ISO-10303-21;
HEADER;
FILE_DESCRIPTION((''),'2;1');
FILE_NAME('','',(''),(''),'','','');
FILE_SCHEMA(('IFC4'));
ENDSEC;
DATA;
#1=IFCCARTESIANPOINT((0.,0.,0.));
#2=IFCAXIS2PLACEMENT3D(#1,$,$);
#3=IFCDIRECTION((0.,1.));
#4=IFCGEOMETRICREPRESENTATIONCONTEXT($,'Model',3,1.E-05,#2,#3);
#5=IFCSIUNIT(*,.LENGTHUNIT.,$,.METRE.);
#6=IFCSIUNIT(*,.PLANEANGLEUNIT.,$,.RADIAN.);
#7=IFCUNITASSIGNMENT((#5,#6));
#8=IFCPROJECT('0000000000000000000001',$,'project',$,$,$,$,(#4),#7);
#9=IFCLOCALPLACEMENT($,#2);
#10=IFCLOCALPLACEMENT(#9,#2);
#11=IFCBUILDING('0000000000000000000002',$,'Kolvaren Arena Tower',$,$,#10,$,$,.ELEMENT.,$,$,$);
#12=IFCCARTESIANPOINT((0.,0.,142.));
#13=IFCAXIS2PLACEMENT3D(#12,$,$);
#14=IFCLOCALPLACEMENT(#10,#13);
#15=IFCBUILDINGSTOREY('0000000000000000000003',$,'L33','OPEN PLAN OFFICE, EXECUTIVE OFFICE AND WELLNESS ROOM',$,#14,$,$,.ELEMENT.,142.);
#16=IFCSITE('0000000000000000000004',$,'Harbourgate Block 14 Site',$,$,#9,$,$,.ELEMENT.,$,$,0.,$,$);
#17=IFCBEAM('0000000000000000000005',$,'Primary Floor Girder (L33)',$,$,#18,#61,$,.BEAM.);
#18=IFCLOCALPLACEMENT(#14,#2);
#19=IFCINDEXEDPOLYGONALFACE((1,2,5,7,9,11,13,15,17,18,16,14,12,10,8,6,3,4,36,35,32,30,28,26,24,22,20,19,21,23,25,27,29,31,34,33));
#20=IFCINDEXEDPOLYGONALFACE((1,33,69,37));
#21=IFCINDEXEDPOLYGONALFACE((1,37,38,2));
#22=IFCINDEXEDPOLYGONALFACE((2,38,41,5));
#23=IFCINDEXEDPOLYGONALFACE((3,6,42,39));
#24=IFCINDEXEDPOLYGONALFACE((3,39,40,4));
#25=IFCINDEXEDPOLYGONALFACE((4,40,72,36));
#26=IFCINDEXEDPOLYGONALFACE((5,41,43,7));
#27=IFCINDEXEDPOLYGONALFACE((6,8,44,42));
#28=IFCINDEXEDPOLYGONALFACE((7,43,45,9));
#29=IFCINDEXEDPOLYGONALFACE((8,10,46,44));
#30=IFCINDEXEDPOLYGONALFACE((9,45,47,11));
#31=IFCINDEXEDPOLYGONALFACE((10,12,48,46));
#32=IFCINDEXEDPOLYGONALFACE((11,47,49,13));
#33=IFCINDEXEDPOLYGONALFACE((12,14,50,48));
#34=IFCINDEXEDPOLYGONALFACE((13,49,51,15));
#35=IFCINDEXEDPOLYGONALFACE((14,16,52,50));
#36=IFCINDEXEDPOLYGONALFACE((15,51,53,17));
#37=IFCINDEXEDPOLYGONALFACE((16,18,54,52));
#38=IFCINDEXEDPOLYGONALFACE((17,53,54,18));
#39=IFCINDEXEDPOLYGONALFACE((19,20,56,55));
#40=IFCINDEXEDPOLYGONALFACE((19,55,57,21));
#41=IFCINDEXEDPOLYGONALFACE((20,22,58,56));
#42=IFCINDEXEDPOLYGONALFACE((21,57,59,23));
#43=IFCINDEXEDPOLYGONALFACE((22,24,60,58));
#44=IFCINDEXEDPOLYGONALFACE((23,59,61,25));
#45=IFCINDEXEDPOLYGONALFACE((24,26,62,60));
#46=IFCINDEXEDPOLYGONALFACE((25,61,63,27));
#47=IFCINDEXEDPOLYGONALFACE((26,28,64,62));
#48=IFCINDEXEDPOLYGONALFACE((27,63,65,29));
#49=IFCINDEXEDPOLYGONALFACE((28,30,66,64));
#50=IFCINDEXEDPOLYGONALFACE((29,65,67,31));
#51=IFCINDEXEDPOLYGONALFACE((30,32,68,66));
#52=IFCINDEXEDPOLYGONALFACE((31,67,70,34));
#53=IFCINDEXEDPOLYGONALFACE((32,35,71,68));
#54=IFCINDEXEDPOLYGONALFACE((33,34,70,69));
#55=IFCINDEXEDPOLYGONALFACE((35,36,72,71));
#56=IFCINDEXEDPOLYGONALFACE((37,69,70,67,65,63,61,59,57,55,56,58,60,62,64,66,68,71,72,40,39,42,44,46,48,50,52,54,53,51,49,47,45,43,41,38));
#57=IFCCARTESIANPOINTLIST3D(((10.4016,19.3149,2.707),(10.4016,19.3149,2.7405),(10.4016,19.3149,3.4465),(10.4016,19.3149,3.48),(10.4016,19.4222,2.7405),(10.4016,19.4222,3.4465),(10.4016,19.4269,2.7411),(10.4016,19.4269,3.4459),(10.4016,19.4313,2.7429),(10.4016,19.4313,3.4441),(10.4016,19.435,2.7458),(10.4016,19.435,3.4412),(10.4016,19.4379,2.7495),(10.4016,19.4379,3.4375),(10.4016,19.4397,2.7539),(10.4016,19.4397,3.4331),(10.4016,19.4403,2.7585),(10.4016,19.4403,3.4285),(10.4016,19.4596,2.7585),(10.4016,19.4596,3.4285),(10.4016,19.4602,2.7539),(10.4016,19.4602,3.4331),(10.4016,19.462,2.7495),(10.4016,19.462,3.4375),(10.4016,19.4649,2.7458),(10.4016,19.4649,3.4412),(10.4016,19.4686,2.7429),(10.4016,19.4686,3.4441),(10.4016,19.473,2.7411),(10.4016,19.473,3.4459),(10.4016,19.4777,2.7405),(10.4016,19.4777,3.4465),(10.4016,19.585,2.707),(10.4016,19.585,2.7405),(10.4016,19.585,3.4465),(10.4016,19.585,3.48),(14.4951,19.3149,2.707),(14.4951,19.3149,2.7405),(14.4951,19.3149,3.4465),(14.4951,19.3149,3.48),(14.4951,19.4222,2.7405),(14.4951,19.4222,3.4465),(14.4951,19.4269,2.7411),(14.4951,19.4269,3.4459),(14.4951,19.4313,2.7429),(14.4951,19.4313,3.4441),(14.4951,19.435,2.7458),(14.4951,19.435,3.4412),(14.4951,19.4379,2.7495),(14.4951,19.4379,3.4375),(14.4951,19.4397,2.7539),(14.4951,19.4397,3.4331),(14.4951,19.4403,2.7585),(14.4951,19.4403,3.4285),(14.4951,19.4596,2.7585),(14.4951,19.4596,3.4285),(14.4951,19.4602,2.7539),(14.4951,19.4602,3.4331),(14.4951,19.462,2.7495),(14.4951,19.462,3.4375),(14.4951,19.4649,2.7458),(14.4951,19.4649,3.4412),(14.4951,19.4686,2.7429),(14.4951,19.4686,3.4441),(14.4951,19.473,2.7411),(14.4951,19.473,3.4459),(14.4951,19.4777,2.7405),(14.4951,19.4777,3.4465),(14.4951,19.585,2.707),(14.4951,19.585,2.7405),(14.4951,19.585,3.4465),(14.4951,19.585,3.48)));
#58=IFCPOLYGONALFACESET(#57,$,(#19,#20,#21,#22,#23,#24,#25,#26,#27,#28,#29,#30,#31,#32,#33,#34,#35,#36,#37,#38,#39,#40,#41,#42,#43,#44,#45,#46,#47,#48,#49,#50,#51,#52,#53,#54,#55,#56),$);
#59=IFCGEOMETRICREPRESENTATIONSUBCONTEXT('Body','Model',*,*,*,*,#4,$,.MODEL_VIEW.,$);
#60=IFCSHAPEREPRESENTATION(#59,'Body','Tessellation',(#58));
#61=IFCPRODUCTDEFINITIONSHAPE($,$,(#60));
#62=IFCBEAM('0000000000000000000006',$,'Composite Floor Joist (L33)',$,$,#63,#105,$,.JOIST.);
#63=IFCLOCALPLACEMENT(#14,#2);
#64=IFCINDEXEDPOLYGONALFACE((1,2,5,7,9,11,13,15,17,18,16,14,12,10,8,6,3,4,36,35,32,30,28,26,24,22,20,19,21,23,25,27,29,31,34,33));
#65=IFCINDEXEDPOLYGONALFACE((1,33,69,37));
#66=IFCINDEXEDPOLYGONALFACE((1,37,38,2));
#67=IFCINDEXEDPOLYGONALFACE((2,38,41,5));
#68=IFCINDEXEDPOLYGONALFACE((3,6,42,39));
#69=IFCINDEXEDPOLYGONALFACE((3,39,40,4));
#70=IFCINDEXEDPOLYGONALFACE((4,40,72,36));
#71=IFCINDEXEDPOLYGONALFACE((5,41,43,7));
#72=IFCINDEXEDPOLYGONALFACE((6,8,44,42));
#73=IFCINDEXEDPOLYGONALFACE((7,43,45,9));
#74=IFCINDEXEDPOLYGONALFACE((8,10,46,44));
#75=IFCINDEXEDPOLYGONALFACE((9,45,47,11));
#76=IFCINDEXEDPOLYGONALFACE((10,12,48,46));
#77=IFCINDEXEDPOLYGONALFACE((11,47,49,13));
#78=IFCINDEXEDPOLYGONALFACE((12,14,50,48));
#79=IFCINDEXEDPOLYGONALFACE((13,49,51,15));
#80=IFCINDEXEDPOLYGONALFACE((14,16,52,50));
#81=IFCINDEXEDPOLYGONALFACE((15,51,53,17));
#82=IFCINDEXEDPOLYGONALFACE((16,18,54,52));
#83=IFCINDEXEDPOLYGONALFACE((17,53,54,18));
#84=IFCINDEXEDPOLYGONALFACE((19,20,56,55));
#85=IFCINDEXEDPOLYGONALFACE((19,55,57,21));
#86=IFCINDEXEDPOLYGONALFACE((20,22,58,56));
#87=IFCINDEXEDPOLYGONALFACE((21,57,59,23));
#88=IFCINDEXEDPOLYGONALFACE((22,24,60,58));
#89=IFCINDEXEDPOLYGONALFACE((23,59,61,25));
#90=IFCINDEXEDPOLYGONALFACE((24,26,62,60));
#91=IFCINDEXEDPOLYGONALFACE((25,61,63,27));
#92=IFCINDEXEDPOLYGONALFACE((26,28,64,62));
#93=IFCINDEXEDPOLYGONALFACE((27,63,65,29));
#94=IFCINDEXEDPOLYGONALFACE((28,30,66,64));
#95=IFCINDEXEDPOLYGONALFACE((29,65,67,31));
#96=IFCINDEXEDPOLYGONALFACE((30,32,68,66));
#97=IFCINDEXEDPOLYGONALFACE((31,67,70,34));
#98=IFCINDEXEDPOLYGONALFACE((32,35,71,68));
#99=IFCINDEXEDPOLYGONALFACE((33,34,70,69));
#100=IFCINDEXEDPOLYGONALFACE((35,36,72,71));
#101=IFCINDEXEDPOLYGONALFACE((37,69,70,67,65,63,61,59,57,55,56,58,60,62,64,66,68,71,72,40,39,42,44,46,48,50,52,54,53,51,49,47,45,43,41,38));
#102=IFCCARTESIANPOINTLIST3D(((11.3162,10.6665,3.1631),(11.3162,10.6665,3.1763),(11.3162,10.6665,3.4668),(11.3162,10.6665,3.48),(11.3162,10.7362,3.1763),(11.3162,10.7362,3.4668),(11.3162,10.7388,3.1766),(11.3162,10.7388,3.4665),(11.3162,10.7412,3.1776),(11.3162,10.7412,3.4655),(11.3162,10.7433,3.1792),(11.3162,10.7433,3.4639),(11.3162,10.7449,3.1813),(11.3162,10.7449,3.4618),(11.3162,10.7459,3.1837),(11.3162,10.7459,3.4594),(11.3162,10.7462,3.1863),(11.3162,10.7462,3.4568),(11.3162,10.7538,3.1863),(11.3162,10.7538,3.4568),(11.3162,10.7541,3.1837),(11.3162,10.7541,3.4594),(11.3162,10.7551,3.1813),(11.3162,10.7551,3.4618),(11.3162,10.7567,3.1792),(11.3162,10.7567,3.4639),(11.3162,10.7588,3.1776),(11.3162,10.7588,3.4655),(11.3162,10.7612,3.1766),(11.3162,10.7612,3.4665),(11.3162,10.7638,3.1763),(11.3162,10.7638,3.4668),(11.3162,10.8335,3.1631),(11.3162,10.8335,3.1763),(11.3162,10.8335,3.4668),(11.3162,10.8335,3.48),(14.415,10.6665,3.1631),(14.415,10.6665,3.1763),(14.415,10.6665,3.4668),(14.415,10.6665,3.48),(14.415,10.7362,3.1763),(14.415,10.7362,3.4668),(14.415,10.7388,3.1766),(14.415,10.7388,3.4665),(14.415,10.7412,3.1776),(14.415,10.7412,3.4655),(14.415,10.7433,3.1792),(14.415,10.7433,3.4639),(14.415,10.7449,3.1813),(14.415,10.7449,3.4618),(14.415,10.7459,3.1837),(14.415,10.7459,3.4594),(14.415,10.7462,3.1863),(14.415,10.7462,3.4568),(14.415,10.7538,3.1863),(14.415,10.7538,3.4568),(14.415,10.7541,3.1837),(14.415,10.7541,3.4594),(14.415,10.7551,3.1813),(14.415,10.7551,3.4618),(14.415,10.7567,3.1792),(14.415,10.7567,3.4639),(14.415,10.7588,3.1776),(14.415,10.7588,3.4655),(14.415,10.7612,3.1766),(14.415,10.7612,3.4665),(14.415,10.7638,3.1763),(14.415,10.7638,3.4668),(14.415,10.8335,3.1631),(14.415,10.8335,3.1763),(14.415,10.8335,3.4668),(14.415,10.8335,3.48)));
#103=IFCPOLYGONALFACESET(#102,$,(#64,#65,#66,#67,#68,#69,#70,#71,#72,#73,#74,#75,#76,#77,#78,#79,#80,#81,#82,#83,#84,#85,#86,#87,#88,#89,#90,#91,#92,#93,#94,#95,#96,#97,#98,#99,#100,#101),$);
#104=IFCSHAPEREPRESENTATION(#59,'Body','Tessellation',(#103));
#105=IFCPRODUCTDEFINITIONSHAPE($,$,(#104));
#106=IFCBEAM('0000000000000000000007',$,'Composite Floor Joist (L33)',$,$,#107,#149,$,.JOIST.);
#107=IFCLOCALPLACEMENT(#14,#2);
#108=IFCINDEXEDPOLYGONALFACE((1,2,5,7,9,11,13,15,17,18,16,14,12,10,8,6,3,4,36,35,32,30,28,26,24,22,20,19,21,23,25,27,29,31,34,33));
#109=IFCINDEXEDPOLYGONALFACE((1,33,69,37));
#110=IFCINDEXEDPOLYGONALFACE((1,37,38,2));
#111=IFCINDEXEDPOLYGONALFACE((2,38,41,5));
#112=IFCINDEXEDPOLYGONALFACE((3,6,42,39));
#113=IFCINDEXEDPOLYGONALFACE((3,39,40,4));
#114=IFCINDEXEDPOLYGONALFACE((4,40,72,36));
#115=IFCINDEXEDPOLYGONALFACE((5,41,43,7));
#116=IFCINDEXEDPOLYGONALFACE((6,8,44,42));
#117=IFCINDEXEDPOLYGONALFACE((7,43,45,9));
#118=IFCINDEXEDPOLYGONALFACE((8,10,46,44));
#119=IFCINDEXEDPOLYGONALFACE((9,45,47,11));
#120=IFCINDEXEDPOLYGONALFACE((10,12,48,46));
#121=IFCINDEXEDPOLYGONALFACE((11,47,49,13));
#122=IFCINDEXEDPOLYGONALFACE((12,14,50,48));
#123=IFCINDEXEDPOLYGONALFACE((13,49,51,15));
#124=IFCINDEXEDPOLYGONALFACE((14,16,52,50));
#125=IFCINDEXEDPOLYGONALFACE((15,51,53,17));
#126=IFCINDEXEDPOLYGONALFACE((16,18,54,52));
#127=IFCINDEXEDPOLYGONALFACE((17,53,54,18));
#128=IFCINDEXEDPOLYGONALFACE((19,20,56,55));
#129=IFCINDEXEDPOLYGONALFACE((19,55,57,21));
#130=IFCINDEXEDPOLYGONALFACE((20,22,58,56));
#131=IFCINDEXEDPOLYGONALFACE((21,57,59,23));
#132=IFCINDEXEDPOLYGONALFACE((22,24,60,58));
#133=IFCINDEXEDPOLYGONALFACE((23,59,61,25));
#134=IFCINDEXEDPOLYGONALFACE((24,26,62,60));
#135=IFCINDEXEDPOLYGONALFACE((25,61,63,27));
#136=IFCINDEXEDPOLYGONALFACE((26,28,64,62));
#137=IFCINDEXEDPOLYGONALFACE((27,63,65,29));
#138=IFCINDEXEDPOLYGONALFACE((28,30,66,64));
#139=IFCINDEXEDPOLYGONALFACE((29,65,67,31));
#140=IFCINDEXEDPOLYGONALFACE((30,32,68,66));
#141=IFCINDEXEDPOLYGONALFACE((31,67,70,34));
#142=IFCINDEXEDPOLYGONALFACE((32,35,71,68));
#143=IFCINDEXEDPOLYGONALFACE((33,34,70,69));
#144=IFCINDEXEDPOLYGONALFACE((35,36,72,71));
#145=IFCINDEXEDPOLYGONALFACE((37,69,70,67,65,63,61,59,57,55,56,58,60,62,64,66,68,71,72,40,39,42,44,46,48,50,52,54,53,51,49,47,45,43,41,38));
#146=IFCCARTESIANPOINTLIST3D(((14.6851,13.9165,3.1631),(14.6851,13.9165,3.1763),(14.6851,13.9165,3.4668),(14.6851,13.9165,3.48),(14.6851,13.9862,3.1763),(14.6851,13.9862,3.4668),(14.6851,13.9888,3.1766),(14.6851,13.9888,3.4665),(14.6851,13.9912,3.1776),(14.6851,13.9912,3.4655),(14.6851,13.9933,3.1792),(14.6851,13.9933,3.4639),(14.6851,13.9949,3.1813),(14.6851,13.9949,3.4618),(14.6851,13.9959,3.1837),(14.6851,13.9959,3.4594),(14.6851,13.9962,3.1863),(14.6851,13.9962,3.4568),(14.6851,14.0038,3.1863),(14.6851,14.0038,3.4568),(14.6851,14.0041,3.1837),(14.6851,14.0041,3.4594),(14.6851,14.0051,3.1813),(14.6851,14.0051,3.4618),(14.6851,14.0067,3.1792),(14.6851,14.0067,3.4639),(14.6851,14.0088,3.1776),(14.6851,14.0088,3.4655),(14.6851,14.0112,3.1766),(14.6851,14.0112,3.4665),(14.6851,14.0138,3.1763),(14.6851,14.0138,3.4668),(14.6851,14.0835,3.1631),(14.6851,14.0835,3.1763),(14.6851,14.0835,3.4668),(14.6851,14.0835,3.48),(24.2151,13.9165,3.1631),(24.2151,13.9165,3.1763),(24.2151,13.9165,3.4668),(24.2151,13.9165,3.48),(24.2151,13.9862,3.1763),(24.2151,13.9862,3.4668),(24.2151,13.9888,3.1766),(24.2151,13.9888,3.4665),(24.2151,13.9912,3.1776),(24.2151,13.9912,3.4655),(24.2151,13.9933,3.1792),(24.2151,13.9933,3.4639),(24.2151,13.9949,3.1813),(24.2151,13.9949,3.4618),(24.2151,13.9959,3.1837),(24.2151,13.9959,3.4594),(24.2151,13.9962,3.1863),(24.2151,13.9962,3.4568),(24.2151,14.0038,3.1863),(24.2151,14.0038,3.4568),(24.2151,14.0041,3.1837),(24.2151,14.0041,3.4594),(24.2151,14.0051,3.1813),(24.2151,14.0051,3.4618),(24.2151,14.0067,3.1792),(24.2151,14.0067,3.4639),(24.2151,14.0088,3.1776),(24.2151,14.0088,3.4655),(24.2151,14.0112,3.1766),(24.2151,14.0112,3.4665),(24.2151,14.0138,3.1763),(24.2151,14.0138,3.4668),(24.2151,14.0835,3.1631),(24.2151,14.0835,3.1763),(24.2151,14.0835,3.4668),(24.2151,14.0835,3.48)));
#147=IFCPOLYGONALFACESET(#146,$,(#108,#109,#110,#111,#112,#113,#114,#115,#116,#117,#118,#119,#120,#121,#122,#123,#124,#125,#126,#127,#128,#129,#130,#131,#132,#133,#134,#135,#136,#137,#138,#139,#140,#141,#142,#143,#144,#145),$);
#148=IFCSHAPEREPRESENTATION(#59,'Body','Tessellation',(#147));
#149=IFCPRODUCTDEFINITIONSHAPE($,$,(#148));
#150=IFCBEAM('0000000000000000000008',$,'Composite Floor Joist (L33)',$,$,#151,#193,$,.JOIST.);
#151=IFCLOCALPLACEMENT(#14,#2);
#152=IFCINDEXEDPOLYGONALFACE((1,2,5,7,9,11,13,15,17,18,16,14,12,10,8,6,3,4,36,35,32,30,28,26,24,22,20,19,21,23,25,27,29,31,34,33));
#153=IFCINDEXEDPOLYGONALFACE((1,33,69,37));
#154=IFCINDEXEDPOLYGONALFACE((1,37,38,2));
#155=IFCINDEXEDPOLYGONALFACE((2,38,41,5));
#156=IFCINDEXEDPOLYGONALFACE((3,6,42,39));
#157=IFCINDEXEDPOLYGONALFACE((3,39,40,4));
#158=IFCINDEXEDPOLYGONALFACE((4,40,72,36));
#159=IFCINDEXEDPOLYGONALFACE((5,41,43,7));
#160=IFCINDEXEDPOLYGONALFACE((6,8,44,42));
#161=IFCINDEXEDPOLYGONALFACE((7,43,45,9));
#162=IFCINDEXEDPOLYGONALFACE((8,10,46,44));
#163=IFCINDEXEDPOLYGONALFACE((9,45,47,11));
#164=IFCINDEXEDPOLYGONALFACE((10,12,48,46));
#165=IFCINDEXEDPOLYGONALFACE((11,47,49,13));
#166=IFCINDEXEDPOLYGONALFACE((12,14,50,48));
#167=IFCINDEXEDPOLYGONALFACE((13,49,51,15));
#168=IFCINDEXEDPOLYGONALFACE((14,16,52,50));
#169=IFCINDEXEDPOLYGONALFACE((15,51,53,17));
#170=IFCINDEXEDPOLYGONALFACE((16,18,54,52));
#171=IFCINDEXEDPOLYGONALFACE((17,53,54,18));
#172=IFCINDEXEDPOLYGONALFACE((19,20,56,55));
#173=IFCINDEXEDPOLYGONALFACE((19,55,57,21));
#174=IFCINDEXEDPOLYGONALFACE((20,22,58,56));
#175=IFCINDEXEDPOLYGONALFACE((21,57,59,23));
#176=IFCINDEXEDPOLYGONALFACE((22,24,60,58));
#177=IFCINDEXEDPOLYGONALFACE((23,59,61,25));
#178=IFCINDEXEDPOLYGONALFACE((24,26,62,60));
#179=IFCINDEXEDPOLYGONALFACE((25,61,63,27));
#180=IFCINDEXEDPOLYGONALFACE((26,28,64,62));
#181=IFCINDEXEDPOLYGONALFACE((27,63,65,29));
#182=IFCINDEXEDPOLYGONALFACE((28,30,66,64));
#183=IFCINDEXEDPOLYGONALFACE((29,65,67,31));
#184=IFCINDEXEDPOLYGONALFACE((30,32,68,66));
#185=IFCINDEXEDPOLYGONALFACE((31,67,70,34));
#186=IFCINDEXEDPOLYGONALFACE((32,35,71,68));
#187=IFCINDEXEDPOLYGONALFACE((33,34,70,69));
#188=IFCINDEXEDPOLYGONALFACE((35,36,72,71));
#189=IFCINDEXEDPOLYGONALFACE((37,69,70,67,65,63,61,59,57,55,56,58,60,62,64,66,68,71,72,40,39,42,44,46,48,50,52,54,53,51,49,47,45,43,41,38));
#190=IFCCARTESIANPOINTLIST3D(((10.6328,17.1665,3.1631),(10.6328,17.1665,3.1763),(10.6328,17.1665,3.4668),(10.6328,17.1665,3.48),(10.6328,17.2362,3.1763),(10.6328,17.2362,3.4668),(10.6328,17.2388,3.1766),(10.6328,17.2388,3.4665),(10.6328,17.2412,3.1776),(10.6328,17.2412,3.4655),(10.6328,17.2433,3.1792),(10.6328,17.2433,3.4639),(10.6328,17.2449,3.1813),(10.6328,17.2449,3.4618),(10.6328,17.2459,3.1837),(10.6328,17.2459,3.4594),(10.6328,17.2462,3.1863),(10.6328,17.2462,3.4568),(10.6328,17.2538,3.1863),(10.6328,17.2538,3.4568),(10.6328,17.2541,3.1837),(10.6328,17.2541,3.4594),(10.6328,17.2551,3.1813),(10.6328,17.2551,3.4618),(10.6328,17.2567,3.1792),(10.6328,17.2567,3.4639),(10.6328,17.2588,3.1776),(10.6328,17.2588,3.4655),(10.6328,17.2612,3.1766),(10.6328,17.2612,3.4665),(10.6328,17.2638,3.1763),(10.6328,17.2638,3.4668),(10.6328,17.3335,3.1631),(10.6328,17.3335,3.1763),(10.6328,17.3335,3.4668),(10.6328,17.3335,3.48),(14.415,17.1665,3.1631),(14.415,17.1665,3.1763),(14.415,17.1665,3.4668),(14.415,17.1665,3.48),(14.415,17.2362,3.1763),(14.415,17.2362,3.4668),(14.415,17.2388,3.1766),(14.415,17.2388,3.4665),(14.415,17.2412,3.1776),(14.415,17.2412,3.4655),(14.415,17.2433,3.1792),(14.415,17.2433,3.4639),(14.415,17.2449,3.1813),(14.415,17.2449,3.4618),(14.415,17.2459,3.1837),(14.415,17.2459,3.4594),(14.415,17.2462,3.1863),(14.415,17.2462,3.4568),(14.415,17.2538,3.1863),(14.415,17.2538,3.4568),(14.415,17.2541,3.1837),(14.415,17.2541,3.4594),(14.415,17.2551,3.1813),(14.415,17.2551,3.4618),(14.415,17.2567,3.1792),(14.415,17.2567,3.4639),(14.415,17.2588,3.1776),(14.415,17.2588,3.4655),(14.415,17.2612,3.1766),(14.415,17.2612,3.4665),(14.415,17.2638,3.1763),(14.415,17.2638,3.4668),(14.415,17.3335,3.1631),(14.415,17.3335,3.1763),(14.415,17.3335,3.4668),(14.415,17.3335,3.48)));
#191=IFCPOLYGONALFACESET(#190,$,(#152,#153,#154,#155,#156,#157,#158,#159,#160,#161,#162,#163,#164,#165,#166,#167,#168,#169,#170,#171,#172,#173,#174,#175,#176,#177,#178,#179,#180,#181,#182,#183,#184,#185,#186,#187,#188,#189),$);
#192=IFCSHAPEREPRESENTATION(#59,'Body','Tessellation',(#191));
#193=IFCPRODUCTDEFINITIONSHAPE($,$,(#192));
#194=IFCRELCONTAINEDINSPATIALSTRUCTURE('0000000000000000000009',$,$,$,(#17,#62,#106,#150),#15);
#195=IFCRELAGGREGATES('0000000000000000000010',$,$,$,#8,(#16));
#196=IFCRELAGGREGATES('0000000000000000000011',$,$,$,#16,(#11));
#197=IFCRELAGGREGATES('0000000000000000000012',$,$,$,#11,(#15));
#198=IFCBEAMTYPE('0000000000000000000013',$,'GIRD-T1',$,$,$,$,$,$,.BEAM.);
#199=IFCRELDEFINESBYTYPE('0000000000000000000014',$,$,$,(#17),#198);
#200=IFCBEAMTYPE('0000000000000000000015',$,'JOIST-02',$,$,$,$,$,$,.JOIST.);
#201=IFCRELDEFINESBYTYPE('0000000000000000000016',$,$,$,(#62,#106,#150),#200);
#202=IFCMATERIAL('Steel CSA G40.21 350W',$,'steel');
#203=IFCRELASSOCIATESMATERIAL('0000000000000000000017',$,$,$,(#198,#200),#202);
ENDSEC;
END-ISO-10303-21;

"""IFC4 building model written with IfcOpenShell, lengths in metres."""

from ifc_helpers import new_model, si_unit, direction, frame, origin, origin_2d, place, context, subcontext, project, spatial, i_section, extrude, material, material_profile, profile_set, type_object, element, save


model = new_model("IFC4")

# Units and contexts
model_context = context("Model", 3, precision=1e-05, world=origin(), true_north=direction((0.0, 1.0)))
body_context = subcontext(model_context, "Body", "Model", "MODEL_VIEW")
ifc_project = project(units=[si_unit("LENGTHUNIT", "METRE"), si_unit("PLANEANGLEUNIT", "RADIAN")], contexts=[model_context])

# Site, building, storey
site_placement = place(None, origin())
site = spatial("IfcSite", under=ifc_project, at=site_placement, Name="Harbourgate Block 14 Site", CompositionType="ELEMENT", RefElevation=0.0)
building_placement = place(site_placement, origin())
building = spatial("IfcBuilding", under=site, at=building_placement, Name="Kolvaren Arena Tower", CompositionType="ELEMENT")
storey_placement = place(building_placement, frame((0.0, 0.0, 142.0)))
storey = spatial("IfcBuildingStorey", under=building, at=storey_placement, Name="L33", Description="OPEN PLAN OFFICE, EXECUTIVE OFFICE AND WELLNESS ROOM", CompositionType="ELEMENT", Elevation=142.0)

# Beams
ifc_material_1 = material(Name="Steel CSA G40.21 350W", Category="steel")
ifc_material_profile_1 = material_profile(ifc_material_1, i_section(OverallWidth=0.27, OverallDepth=0.7729, WebThickness=0.0193, FlangeThickness=0.0334, FilletRadius=0.0181, at=origin_2d()), Name="W760x257")
ifc_profile_set_1 = profile_set([ifc_material_profile_1], Name="Steel CSA G40.21 350W")
beam_type_1 = type_object("IfcBeamType", Name="GIRD-T1", PredefinedType="BEAM", material=ifc_profile_set_1)
beam_1_placement = place(storey_placement, frame((10.4016, 19.45, 3.0935), z_axis=(1.0, 0.0, 0.0), x_axis=(0.0, 1.0, 0.0)))
element("IfcBeam", 1, at=beam_1_placement, inside=storey, type_object=beam_type_1, Name="Primary Floor Girder (L33)", PredefinedType="BEAM", context=body_context, shape_type="SweptSolid", body=[
    extrude(i_section(OverallWidth=0.27, OverallDepth=0.7729, WebThickness=0.0193, FlangeThickness=0.0334, FilletRadius=0.0181, at=origin_2d()), origin(), (0.0, 0.0, 1.0), 4.0935),
])
ifc_material_profile_2 = material_profile(ifc_material_1, i_section(OverallWidth=0.167, OverallDepth=0.3169, WebThickness=0.0076, FlangeThickness=0.0132, FilletRadius=0.01, at=origin_2d()), Name="W310x52")
ifc_profile_set_2 = profile_set([ifc_material_profile_2], Name="Steel CSA G40.21 350W")
beam_type_2 = type_object("IfcBeamType", Name="JOIST-02", PredefinedType="JOIST", material=ifc_profile_set_2)
beam_2_placement = place(storey_placement, frame((11.3162, 10.75, 3.3215), z_axis=(1.0, 0.0, 0.0), x_axis=(0.0, 1.0, 0.0)))
element("IfcBeam", 2, at=beam_2_placement, inside=storey, type_object=beam_type_2, Name="Composite Floor Joist (L33)", PredefinedType="JOIST", context=body_context, shape_type="SweptSolid", body=[
    extrude(i_section(OverallWidth=0.167, OverallDepth=0.3169, WebThickness=0.0076, FlangeThickness=0.0132, FilletRadius=0.01, at=origin_2d()), origin(), (0.0, 0.0, 1.0), 3.0989),
])
beam_3_placement = place(storey_placement, frame((14.6851, 14.0, 3.3215), z_axis=(1.0, 0.0, 0.0), x_axis=(0.0, 1.0, 0.0)))
element("IfcBeam", 3, at=beam_3_placement, inside=storey, type_object=beam_type_2, Name="Composite Floor Joist (L33)", PredefinedType="JOIST", context=body_context, shape_type="SweptSolid", body=[
    extrude(i_section(OverallWidth=0.167, OverallDepth=0.3169, WebThickness=0.0076, FlangeThickness=0.0132, FilletRadius=0.01, at=origin_2d()), origin(), (0.0, 0.0, 1.0), 9.53),
])
beam_4_placement = place(storey_placement, frame((10.6328, 17.25, 3.3215), z_axis=(1.0, 0.0, 0.0), x_axis=(0.0, 1.0, 0.0)))
element("IfcBeam", 4, at=beam_4_placement, inside=storey, type_object=beam_type_2, Name="Composite Floor Joist (L33)", PredefinedType="JOIST", context=body_context, shape_type="SweptSolid", body=[
    extrude(i_section(OverallWidth=0.167, OverallDepth=0.3169, WebThickness=0.0076, FlangeThickness=0.0132, FilletRadius=0.01, at=origin_2d()), origin(), (0.0, 0.0, 1.0), 3.7822),
])

save(model, "model.ifc")
